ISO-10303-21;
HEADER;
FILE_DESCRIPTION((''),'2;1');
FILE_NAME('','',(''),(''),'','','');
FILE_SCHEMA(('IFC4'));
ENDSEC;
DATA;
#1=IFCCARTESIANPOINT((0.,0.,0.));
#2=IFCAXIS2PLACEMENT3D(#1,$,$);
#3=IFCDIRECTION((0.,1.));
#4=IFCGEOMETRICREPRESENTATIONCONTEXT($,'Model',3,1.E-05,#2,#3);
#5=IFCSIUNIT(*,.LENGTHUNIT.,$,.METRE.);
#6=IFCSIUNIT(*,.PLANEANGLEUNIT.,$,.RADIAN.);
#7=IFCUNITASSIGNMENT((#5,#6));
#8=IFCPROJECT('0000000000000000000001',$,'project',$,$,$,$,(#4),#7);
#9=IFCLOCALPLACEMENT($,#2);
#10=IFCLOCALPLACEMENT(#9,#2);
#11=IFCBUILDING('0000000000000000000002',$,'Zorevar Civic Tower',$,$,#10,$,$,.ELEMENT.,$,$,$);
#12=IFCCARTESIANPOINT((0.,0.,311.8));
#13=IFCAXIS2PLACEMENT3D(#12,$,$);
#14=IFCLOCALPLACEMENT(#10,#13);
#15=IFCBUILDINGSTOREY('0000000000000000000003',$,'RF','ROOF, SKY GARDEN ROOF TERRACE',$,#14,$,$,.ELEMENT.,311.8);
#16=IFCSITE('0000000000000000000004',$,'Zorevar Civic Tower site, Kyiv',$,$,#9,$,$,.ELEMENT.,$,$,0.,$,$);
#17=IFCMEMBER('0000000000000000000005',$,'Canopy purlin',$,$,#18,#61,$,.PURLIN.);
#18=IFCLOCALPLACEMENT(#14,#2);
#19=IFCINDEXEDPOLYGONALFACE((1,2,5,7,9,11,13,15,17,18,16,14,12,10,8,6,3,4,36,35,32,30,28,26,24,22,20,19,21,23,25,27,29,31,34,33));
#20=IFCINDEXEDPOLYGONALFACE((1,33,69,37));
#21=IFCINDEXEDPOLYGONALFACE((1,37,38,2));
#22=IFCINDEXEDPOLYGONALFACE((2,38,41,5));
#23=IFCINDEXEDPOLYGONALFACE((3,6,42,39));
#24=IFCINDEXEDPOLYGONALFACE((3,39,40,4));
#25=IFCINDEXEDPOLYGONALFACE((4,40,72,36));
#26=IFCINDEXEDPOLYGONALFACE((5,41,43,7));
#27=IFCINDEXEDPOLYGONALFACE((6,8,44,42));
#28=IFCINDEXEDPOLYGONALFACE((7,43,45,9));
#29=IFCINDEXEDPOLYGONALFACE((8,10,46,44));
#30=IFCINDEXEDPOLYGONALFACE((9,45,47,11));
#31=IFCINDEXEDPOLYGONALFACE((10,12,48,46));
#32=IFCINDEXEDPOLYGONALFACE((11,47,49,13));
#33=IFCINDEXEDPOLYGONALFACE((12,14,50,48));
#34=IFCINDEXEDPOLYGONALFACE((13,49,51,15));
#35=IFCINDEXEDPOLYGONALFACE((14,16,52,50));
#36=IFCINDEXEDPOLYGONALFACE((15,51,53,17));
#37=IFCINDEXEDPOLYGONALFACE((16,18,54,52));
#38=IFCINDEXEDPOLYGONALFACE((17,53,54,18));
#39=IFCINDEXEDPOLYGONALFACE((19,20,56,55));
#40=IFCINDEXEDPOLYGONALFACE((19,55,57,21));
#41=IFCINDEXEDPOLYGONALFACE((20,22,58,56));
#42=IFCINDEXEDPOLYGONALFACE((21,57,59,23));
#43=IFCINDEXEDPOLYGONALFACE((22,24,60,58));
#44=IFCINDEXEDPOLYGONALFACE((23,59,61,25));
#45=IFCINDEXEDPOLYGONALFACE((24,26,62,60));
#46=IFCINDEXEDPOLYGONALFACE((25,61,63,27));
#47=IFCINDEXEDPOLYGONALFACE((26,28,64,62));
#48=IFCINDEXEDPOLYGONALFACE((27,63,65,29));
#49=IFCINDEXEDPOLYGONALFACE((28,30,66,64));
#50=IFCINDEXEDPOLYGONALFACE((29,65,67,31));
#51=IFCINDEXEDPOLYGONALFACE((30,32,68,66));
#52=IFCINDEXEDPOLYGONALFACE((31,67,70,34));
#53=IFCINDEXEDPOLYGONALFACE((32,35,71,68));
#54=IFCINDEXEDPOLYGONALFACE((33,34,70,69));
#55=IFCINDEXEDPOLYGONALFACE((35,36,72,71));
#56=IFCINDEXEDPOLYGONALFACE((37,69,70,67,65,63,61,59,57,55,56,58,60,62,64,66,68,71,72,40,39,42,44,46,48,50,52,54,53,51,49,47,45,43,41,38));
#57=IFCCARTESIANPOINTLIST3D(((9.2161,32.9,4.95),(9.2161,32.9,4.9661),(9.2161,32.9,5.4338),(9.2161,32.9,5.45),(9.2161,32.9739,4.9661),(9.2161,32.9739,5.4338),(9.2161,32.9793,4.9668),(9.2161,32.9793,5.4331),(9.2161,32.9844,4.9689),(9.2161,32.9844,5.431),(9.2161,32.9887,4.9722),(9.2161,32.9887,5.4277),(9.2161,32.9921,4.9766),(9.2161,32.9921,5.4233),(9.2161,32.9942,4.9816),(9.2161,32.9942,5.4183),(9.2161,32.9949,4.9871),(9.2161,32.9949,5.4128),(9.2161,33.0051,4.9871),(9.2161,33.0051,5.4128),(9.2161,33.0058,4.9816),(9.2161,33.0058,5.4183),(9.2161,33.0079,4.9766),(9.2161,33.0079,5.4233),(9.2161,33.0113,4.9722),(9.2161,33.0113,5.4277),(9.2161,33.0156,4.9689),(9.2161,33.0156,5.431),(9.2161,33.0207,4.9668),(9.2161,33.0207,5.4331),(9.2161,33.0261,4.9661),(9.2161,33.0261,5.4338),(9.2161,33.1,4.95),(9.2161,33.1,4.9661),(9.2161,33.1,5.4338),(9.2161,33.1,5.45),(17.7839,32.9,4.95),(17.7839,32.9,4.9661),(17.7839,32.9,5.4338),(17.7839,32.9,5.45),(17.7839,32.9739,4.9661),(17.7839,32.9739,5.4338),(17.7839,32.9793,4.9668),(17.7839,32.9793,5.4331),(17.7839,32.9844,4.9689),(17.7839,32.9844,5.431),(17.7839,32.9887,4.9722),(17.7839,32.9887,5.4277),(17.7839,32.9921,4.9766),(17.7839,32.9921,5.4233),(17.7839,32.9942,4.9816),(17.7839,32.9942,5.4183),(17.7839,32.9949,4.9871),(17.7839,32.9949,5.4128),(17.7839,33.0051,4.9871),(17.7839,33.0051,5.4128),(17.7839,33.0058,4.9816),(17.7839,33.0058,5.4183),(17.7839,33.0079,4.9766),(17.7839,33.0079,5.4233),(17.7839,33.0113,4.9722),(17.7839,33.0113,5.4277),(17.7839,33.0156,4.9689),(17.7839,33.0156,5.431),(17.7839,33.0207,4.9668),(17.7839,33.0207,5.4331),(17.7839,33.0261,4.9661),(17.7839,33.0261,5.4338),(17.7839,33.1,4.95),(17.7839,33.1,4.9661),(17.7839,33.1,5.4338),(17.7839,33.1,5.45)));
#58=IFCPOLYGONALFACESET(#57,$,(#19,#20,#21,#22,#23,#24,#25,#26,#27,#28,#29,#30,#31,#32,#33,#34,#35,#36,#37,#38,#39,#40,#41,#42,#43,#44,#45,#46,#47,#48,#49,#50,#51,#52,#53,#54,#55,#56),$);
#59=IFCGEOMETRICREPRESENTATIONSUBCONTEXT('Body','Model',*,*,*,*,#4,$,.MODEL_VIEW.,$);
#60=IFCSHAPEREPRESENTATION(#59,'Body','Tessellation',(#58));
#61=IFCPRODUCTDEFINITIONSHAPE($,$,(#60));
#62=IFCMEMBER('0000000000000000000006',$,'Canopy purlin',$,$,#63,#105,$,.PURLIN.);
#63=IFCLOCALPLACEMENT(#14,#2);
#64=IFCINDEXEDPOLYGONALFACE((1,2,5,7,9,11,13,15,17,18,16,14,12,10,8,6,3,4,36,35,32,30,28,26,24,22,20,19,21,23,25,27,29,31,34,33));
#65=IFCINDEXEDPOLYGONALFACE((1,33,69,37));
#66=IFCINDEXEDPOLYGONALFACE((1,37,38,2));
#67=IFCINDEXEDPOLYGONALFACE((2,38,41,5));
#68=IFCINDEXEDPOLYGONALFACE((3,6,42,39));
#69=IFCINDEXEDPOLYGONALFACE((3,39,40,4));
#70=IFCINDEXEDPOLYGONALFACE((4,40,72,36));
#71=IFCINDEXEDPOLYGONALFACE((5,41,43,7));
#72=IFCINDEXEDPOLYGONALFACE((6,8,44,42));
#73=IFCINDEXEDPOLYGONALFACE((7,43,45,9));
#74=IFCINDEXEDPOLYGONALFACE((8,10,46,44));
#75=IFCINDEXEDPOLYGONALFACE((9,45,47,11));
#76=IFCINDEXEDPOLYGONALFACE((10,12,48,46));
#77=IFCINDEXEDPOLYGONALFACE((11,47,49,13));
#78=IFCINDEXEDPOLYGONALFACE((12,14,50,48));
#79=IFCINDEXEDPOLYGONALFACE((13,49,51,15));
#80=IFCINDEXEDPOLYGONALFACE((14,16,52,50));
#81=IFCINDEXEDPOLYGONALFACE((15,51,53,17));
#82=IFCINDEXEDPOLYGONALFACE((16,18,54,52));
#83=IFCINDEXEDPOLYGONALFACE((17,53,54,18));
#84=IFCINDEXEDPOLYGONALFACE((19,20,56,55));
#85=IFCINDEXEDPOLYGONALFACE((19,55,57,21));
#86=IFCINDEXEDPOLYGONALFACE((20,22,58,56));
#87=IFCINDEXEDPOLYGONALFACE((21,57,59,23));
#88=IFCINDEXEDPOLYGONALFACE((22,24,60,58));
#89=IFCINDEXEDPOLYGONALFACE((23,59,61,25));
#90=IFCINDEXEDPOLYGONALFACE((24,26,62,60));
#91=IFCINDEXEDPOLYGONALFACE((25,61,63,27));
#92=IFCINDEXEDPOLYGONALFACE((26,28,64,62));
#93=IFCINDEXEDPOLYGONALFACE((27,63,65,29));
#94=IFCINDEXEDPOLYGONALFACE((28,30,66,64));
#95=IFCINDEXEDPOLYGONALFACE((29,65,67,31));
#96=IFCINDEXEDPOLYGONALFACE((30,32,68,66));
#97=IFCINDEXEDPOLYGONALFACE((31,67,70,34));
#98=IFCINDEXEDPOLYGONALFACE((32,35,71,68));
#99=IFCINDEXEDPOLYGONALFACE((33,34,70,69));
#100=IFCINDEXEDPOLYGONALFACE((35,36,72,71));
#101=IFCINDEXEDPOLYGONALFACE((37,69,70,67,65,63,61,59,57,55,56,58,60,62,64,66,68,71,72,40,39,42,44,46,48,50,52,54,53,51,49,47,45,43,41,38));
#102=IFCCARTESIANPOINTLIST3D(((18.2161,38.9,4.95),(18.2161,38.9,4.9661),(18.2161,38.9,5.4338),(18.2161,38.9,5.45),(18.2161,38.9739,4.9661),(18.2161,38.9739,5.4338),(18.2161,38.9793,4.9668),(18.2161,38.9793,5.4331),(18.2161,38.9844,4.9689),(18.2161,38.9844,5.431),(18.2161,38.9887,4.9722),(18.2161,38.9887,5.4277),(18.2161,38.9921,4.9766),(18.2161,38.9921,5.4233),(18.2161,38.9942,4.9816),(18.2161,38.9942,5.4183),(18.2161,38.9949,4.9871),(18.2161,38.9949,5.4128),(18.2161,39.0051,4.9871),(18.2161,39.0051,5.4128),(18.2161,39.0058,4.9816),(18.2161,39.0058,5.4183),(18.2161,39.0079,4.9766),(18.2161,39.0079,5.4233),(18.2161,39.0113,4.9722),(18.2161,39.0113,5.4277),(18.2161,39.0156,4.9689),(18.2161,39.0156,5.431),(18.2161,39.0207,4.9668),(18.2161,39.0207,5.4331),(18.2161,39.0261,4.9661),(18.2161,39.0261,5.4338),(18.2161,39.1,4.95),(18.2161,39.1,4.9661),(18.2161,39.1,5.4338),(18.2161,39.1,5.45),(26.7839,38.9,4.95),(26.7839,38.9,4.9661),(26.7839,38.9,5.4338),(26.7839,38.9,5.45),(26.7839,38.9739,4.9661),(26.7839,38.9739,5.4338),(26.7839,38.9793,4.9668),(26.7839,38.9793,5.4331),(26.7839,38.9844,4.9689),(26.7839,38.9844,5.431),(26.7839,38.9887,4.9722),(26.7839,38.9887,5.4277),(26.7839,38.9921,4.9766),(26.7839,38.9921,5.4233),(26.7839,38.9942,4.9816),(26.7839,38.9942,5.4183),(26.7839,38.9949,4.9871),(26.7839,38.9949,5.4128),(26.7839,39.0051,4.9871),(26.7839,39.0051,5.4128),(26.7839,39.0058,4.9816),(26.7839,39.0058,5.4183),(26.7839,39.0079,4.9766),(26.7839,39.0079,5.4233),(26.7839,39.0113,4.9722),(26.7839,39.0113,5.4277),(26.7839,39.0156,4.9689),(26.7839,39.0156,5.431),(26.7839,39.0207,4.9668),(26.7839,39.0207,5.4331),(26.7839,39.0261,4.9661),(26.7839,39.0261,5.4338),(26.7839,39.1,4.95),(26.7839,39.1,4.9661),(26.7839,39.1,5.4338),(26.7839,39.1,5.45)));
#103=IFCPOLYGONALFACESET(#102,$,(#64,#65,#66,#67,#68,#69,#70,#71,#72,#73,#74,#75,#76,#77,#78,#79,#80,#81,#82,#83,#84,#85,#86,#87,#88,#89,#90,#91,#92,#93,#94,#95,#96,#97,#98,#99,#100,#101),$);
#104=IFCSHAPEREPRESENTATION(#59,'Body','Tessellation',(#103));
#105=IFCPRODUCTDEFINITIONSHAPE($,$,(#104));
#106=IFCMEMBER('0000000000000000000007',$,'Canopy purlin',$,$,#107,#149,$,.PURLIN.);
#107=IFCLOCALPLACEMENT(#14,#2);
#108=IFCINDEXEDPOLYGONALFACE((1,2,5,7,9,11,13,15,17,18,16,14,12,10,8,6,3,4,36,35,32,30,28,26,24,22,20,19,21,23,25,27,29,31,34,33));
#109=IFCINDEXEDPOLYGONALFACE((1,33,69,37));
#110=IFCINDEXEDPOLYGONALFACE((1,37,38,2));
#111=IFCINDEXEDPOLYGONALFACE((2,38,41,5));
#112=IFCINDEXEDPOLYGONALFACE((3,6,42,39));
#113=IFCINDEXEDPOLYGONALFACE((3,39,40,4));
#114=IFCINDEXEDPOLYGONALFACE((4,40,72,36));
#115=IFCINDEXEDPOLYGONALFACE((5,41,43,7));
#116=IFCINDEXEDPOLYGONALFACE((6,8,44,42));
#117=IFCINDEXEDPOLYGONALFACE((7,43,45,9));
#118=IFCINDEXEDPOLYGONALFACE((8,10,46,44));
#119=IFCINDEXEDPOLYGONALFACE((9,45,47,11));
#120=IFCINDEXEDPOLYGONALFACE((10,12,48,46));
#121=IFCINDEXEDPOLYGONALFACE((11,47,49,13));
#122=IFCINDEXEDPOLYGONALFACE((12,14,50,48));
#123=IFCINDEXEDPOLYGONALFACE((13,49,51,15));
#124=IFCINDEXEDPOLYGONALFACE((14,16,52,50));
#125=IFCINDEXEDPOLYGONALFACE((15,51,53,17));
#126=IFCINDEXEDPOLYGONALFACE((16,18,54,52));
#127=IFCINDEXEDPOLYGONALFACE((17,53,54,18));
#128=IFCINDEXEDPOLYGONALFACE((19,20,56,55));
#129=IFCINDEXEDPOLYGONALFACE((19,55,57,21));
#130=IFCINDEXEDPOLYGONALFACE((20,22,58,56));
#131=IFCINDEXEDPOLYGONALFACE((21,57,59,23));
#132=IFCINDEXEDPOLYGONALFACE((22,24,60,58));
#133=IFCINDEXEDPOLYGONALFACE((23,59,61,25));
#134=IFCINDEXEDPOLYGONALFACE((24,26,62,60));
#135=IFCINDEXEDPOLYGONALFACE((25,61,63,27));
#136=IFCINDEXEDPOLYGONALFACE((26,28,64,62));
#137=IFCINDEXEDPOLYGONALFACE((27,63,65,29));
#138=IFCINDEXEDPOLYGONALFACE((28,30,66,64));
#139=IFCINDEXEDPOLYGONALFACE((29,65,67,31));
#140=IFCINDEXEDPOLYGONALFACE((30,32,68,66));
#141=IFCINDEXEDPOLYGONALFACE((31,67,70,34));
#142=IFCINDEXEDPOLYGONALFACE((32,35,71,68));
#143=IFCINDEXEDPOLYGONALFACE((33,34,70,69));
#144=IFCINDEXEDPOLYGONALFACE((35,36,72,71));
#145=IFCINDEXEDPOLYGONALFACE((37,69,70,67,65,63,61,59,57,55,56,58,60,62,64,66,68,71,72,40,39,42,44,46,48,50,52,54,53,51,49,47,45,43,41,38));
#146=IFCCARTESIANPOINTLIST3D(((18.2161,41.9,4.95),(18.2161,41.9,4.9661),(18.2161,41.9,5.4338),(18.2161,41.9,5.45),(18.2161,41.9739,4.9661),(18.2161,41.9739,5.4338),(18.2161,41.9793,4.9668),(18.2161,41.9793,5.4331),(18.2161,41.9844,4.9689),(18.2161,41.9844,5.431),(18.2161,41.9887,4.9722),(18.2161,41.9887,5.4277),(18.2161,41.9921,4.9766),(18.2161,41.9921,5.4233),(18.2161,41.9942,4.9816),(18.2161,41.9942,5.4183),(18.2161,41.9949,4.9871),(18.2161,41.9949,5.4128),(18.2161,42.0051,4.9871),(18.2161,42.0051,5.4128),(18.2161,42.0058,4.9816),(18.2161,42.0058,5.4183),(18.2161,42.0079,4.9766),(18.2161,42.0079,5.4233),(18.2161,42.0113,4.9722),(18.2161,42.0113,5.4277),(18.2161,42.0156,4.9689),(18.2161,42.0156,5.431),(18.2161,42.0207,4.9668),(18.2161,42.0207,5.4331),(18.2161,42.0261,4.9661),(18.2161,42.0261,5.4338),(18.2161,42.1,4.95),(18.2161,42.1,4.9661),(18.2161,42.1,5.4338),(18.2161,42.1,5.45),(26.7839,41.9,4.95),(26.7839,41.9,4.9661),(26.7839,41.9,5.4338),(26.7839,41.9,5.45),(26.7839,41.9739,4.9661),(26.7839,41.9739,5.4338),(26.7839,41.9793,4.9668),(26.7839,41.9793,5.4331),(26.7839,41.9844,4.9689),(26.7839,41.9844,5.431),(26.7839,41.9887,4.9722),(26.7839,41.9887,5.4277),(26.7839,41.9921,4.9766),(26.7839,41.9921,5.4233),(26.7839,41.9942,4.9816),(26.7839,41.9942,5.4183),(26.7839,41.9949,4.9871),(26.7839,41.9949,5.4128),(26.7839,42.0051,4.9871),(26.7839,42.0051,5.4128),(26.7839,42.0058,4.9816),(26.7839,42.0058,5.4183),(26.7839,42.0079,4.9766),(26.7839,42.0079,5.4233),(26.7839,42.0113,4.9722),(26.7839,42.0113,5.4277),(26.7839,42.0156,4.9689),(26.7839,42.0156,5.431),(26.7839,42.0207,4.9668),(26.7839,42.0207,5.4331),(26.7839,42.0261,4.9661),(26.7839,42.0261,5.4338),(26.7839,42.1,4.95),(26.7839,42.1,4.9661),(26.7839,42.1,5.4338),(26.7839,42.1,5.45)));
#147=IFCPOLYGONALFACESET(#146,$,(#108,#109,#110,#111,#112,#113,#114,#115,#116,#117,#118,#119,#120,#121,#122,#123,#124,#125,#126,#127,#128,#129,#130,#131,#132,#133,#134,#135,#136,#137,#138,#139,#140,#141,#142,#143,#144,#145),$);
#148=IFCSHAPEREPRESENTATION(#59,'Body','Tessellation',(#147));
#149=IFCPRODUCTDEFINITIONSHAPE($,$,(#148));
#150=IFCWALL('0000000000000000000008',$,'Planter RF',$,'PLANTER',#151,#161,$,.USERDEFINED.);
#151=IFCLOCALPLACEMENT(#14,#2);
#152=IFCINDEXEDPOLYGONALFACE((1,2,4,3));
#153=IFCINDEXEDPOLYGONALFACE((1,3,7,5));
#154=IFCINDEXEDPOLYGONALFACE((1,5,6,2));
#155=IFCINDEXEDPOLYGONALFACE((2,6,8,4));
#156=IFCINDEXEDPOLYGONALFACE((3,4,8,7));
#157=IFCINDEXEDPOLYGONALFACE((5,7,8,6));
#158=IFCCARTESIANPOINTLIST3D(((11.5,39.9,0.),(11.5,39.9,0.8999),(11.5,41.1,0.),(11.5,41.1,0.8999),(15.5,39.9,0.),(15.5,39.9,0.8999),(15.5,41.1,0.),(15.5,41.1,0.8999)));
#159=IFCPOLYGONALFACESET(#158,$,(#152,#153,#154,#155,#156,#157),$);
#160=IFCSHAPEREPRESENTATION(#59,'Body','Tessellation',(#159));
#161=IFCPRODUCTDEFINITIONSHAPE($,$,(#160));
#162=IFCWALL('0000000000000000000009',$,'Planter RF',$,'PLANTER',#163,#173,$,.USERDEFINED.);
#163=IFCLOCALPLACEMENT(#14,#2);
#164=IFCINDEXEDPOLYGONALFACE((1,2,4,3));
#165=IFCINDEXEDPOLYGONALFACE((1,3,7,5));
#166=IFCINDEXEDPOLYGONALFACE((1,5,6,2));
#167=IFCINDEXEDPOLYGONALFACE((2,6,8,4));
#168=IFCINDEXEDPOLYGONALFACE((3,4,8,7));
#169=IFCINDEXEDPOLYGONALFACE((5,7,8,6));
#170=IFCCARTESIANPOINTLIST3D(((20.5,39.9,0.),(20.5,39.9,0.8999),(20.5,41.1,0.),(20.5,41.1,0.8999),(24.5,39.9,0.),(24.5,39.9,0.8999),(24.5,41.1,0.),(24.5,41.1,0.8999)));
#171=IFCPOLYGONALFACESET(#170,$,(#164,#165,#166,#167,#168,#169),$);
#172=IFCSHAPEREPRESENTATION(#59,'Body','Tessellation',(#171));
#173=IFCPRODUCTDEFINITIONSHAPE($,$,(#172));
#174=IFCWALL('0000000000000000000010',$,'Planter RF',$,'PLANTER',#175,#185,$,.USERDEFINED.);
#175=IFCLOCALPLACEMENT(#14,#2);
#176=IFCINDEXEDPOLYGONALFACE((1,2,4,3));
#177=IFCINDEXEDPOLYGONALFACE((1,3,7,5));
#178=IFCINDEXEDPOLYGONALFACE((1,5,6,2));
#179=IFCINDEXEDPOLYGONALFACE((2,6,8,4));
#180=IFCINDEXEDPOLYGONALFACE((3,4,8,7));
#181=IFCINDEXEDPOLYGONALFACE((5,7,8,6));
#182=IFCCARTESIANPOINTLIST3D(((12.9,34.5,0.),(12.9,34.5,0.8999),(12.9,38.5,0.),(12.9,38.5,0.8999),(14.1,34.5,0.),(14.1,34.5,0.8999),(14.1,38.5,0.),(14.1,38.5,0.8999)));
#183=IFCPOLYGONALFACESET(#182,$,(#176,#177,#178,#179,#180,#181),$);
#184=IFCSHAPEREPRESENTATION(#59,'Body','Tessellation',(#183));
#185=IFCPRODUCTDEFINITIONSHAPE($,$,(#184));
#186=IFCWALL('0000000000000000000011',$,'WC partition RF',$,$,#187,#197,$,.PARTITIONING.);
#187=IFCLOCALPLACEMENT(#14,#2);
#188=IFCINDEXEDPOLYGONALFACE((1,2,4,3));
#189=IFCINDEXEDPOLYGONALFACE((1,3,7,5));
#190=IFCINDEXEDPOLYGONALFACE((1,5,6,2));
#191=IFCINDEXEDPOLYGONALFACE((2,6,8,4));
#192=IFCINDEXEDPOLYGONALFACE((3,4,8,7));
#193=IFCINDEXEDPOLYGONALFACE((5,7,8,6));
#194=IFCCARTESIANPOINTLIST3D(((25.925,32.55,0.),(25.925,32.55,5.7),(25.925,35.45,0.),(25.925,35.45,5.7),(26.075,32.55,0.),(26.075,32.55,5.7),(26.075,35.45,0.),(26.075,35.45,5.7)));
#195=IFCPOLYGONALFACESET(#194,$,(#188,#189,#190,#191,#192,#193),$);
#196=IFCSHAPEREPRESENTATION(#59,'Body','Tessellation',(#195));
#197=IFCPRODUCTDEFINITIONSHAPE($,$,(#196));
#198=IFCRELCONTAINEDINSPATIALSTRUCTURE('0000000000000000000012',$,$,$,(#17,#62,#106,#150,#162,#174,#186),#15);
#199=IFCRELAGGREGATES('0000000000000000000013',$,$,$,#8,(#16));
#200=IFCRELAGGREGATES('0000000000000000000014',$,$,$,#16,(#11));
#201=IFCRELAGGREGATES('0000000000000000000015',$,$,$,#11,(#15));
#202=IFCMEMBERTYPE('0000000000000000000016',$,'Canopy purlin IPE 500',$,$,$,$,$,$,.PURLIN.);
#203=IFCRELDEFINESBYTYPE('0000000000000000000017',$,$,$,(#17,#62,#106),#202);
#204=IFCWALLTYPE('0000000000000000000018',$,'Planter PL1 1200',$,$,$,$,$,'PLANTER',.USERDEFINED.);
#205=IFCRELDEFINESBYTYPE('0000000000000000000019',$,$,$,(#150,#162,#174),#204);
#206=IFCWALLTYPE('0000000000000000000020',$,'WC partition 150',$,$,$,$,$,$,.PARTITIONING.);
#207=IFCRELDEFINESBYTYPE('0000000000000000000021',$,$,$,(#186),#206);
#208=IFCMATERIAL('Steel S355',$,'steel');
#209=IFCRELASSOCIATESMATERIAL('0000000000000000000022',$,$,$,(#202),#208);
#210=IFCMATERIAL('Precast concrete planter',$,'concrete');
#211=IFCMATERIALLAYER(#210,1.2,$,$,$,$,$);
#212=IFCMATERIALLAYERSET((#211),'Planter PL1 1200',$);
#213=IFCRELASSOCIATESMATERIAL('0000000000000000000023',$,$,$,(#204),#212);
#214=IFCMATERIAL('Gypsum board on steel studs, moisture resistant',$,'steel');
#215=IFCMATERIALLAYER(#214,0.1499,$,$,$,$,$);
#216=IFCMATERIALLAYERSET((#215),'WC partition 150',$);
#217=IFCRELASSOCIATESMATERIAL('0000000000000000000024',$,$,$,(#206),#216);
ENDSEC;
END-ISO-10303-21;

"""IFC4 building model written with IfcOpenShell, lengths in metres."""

from ifc_helpers import new_model, si_unit, direction, frame, frame_2d, origin, origin_2d, place, context, subcontext, project, spatial, rectangle, i_section, extrude, material, layer, layer_set, material_profile, profile_set, type_object, element, save


model = new_model("IFC4")

# Units and contexts
model_context = context("Model", 3, precision=1e-05, world=origin(), true_north=direction((0.0, 1.0)))
body_context = subcontext(model_context, "Body", "Model", "MODEL_VIEW")
ifc_project = project(units=[si_unit("LENGTHUNIT", "METRE"), si_unit("PLANEANGLEUNIT", "RADIAN")], contexts=[model_context])

# Site, building, storey
site_placement = place(None, origin())
site = spatial("IfcSite", under=ifc_project, at=site_placement, Name="Zorevar Civic Tower site, Kyiv", CompositionType="ELEMENT", RefElevation=0.0)
building_placement = place(site_placement, origin())
building = spatial("IfcBuilding", under=site, at=building_placement, Name="Zorevar Civic Tower", CompositionType="ELEMENT")
storey_placement = place(building_placement, frame((0.0, 0.0, 311.8)))
storey = spatial("IfcBuildingStorey", under=building, at=storey_placement, Name="RF", Description="ROOF, SKY GARDEN ROOF TERRACE", CompositionType="ELEMENT", Elevation=311.8)

# Members
ifc_material_1 = material(Name="Steel S355", Category="steel")
ifc_material_profile_1 = material_profile(ifc_material_1, i_section(OverallWidth=0.2, OverallDepth=0.5, WebThickness=0.0103, FlangeThickness=0.0161, FilletRadius=0.021, at=origin_2d()), Name="IPE 500")
ifc_profile_set_1 = profile_set([ifc_material_profile_1], Name="Steel S355")
member_type_1 = type_object("IfcMemberType", Name="Canopy purlin IPE 500", PredefinedType="PURLIN", material=ifc_profile_set_1)
for number, where, z_axis, x_axis, name in (
    (1, (9.2161, 33.0, 5.2), (1.0, 0.0, 0.0), (0.0, 1.0, 0.0), "Canopy purlin"),
    (2, (18.2161, 39.0, 5.2), (1.0, 0.0, 0.0), (0.0, 1.0, 0.0), "Canopy purlin"),
    (3, (18.2161, 42.0, 5.2), (1.0, 0.0, 0.0), (0.0, 1.0, 0.0), "Canopy purlin"),
):
    element("IfcMember", number, at=place(storey_placement, frame(where, z_axis=z_axis, x_axis=x_axis)), inside=storey, type_object=member_type_1, Name=name, PredefinedType="PURLIN", context=body_context, shape_type="SweptSolid", body=[
        extrude(i_section(OverallWidth=0.2, OverallDepth=0.5, WebThickness=0.0103, FlangeThickness=0.0161, FilletRadius=0.021, at=origin_2d()), origin(), (0.0, 0.0, 1.0), 8.5679),
    ])

# Walls
ifc_material_2 = material(Name="Precast concrete planter", Category="concrete")
ifc_layer_1 = layer(ifc_material_2, 1.2)
ifc_layer_set_1 = layer_set([ifc_layer_1], Name="Planter PL1 1200")
wall_type_1 = type_object("IfcWallType", Name="Planter PL1 1200", ElementType="PLANTER", PredefinedType="USERDEFINED", material=ifc_layer_set_1)
for number, where, z_axis, x_axis, name in (
    (4, (11.5, 40.5, 0.0), (0.0, 0.0, 1.0), (1.0, 0.0, 0.0), "Planter RF"),
    (5, (20.5, 40.5, 0.0), (0.0, 0.0, 1.0), (1.0, 0.0, 0.0), "Planter RF"),
    (6, (13.5, 38.5, 0.0), (0.0, 0.0, 1.0), (0.0, -1.0, 0.0), "Planter RF"),
):
    element("IfcWall", number, at=place(storey_placement, frame(where, z_axis=z_axis, x_axis=x_axis)), inside=storey, type_object=wall_type_1, Name=name, ObjectType="PLANTER", PredefinedType="USERDEFINED", context=body_context, shape_type="SweptSolid", body=[
        extrude(rectangle(XDim=4.0, YDim=1.2, at=frame_2d((2.0, 0.0))), origin(), (0.0, 0.0, 1.0), 0.8999),
    ])
ifc_material_3 = material(Name="Gypsum board on steel studs, moisture resistant", Category="steel")
ifc_layer_2 = layer(ifc_material_3, 0.1499)
ifc_layer_set_2 = layer_set([ifc_layer_2], Name="WC partition 150")
wall_type_2 = type_object("IfcWallType", Name="WC partition 150", PredefinedType="PARTITIONING", material=ifc_layer_set_2)
wall_1_placement = place(storey_placement, frame((26.0, 32.55, 0.0), z_axis=(0.0, 0.0, 1.0), x_axis=(0.0, 1.0, 0.0)))
element("IfcWall", 7, at=wall_1_placement, inside=storey, type_object=wall_type_2, Name="WC partition RF", PredefinedType="PARTITIONING", context=body_context, shape_type="SweptSolid", body=[
    extrude(rectangle(XDim=2.8999, YDim=0.1499, at=frame_2d((1.45, 0.0))), origin(), (0.0, 0.0, 1.0), 5.7),
])

save(model, "model.ifc")
